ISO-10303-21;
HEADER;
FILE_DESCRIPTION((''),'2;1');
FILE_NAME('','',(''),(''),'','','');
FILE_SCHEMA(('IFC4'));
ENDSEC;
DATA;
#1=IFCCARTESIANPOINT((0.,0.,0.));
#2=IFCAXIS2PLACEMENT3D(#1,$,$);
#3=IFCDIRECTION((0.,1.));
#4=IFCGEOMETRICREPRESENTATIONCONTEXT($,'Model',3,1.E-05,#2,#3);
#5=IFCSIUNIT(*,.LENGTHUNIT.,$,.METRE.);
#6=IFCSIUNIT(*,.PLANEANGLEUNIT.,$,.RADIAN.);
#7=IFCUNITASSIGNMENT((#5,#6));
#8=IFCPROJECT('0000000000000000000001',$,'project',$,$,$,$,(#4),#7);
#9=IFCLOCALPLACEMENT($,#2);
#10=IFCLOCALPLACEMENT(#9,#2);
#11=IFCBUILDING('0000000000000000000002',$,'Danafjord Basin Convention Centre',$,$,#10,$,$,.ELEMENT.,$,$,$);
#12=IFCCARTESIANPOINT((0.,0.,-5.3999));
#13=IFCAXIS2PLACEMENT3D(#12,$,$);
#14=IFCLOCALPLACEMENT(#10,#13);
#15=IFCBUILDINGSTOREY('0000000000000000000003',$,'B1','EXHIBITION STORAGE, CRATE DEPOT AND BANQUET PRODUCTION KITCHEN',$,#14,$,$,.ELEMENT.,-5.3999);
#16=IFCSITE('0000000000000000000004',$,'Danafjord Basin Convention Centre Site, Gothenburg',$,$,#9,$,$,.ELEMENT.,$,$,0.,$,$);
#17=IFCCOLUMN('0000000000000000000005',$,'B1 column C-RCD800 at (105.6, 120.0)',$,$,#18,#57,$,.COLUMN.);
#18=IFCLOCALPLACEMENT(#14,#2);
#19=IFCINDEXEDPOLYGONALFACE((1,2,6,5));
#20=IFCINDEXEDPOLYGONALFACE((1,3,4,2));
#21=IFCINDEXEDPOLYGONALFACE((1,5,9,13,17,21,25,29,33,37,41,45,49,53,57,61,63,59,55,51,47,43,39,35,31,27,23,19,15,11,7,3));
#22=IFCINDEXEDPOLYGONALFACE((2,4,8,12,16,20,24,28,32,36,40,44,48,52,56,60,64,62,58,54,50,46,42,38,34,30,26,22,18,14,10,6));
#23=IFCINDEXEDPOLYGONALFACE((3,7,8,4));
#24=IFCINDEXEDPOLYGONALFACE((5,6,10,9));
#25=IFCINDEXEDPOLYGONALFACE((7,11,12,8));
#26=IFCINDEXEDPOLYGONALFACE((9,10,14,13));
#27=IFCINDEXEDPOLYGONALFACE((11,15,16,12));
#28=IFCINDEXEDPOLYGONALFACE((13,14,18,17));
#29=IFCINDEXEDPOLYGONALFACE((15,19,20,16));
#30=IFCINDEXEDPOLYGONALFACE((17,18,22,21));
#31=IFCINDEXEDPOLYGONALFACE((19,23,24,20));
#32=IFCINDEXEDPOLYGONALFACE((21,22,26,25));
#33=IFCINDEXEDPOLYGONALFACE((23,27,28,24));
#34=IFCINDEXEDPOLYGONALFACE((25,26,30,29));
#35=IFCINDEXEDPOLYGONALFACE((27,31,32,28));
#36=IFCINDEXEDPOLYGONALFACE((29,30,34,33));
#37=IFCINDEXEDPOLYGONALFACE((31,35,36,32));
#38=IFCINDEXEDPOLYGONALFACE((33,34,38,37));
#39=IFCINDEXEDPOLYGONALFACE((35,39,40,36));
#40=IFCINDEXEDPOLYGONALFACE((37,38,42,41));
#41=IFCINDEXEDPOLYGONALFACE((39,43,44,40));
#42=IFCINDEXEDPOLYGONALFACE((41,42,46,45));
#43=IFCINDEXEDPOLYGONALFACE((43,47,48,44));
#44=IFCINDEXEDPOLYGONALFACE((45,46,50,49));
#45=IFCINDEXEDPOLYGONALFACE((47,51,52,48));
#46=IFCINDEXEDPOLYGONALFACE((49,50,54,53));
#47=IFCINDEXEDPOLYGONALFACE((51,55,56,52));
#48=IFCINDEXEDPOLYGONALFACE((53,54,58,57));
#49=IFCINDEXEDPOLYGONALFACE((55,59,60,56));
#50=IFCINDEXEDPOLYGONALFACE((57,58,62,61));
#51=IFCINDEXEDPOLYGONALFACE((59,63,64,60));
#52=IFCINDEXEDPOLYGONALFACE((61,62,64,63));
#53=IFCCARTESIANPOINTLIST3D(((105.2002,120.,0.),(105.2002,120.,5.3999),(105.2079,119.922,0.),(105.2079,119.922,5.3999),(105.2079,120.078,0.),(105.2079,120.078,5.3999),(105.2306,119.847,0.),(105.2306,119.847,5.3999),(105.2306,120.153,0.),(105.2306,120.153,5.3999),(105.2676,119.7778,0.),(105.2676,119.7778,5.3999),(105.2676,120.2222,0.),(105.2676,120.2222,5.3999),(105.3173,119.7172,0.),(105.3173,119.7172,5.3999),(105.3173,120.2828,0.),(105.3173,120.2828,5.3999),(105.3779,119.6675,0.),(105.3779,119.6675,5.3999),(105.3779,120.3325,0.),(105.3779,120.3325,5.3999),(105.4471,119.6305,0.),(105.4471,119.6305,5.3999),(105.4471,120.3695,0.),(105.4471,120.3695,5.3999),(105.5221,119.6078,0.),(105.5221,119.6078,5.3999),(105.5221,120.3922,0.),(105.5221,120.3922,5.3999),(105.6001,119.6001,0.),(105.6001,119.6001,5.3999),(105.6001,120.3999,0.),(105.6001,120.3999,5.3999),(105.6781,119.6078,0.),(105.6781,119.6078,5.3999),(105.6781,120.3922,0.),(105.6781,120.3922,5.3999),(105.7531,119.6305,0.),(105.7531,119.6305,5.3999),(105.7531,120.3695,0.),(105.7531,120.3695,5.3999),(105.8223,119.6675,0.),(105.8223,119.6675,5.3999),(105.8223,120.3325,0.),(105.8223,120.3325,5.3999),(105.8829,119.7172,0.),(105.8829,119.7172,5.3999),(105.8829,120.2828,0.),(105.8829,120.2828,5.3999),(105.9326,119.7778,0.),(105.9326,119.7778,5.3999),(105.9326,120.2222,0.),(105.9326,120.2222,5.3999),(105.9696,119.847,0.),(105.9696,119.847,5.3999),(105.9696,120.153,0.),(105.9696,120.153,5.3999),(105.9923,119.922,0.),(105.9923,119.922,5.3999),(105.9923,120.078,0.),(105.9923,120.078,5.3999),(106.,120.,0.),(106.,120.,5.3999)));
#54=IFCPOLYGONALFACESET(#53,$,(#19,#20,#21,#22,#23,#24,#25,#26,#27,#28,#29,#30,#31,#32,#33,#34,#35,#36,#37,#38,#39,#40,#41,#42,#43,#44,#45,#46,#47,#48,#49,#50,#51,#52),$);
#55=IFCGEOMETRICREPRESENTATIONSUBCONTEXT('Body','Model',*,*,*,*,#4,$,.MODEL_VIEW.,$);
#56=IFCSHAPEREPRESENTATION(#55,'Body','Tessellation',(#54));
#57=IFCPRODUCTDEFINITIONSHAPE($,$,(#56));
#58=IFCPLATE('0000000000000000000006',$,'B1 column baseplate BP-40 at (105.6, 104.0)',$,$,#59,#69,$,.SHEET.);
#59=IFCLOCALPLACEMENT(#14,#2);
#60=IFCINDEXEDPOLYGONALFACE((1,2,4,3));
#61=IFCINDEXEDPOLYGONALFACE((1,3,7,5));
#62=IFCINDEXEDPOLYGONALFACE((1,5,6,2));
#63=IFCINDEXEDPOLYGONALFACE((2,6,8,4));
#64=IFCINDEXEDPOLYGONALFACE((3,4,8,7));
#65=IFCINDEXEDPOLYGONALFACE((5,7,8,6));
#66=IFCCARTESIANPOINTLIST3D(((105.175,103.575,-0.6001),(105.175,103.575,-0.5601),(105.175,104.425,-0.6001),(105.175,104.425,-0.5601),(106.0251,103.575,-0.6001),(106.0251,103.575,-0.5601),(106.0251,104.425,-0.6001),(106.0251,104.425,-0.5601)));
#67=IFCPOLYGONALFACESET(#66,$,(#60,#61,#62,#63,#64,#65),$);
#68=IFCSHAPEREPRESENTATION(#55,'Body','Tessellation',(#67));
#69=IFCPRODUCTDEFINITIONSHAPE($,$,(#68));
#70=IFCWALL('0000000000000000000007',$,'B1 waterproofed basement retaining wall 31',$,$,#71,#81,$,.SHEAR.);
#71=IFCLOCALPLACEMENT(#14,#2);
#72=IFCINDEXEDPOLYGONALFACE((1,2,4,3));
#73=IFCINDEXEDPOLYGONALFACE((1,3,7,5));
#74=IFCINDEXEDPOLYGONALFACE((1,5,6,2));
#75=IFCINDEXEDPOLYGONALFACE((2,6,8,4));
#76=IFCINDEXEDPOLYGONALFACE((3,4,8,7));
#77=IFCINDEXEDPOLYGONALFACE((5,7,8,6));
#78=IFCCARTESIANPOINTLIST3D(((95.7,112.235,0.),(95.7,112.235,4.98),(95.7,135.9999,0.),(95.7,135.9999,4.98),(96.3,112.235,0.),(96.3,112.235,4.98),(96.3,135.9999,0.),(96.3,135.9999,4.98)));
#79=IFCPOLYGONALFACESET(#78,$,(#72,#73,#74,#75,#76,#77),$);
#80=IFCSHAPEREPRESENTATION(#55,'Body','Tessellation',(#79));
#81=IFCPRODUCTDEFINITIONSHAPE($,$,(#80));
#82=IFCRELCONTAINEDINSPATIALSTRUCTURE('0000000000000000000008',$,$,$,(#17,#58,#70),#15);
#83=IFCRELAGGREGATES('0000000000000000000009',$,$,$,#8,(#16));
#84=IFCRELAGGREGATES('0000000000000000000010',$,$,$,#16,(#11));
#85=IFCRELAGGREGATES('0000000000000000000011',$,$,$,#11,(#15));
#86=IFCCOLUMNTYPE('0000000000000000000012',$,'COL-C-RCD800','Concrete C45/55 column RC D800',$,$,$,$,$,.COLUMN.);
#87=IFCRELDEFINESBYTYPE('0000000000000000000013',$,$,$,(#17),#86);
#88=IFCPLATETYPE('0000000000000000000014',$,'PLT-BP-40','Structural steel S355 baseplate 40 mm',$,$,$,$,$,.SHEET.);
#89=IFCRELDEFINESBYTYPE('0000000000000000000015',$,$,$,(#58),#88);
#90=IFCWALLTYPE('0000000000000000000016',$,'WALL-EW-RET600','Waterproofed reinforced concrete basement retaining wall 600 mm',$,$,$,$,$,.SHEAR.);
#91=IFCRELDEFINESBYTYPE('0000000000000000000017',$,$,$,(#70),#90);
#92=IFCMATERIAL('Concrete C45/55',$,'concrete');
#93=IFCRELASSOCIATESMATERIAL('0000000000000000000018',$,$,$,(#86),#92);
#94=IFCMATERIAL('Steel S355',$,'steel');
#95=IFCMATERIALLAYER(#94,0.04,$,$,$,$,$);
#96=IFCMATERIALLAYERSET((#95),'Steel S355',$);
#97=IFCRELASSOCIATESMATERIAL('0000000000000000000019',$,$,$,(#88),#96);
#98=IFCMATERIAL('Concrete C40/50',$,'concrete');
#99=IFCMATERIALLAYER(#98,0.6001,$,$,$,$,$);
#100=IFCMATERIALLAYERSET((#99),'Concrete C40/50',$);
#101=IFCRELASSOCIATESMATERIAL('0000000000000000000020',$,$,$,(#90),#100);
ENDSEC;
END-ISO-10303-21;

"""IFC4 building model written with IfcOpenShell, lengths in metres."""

from ifc_helpers import new_model, si_unit, direction, frame, frame_2d, origin, origin_2d, place, context, subcontext, project, spatial, rectangle, circle, extrude, material, layer, layer_set, material_profile, profile_set, type_object, element, save


model = new_model("IFC4")

# Units and contexts
model_context = context("Model", 3, precision=1e-05, world=origin(), true_north=direction((0.0, 1.0)))
body_context = subcontext(model_context, "Body", "Model", "MODEL_VIEW")
ifc_project = project(units=[si_unit("LENGTHUNIT", "METRE"), si_unit("PLANEANGLEUNIT", "RADIAN")], contexts=[model_context])

# Site, building, storey
site_placement = place(None, origin())
site = spatial("IfcSite", under=ifc_project, at=site_placement, Name="Danafjord Basin Convention Centre Site, Gothenburg", CompositionType="ELEMENT", RefElevation=0.0)
building_placement = place(site_placement, origin())
building = spatial("IfcBuilding", under=site, at=building_placement, Name="Danafjord Basin Convention Centre", CompositionType="ELEMENT")
storey_placement = place(building_placement, frame((0.0, 0.0, -5.3999)))
storey = spatial("IfcBuildingStorey", under=building, at=storey_placement, Name="B1", Description="EXHIBITION STORAGE, CRATE DEPOT AND BANQUET PRODUCTION KITCHEN", CompositionType="ELEMENT", Elevation=-5.3999)

# Shared definitions
ifc_material_1 = material(Name="Concrete C40/50", Category="concrete")

# Column
ifc_material_2 = material(Name="Concrete C45/55", Category="concrete")
ifc_material_profile_1 = material_profile(ifc_material_2, circle(Radius=0.3999, at=origin_2d()), Name="RC D800")
ifc_profile_set_1 = profile_set([ifc_material_profile_1], Name="Concrete C45/55")
column_type_1 = type_object("IfcColumnType", Name="COL-C-RCD800", Description="Concrete C45/55 column RC D800", PredefinedType="COLUMN", material=ifc_profile_set_1)
for number, where, z_axis, x_axis, name in (
    (1, (105.6001, 120.0, 0.0), (0.0, 0.0, 1.0), (1.0, 0.0, 0.0), "B1 column C-RCD800 at (105.6, 120.0)"),
):
    element("IfcColumn", number, at=place(storey_placement, frame(where, z_axis=z_axis, x_axis=x_axis)), inside=storey, type_object=column_type_1, Name=name, PredefinedType="COLUMN", context=body_context, shape_type="SweptSolid", body=[
        extrude(circle(Radius=0.3999, at=origin_2d()), origin(), (0.0, 0.0, 1.0), 5.3999),
    ])

# Plate
ifc_material_3 = material(Name="Steel S355", Category="steel")
ifc_layer_1 = layer(ifc_material_3, 0.04)
ifc_layer_set_1 = layer_set([ifc_layer_1], Name="Steel S355")
plate_type = type_object("IfcPlateType", Name="PLT-BP-40", Description="Structural steel S355 baseplate 40 mm", PredefinedType="SHEET", material=ifc_layer_set_1)
plate_placement = place(storey_placement, frame((105.6001, 104.0, -0.6001), z_axis=(0.0, 0.0, 1.0), x_axis=(1.0, 0.0, 0.0)))
element("IfcPlate", 2, at=plate_placement, inside=storey, type_object=plate_type, Name="B1 column baseplate BP-40 at (105.6, 104.0)", PredefinedType="SHEET", context=body_context, shape_type="SweptSolid", body=[
    extrude(rectangle(XDim=0.8501, YDim=0.8501, at=origin_2d()), origin(), (0.0, 0.0, 1.0), 0.04),
])

# Wall
ifc_layer_2 = layer(ifc_material_1, 0.6001)
ifc_layer_set_2 = layer_set([ifc_layer_2], Name="Concrete C40/50")
wall_type = type_object("IfcWallType", Name="WALL-EW-RET600", Description="Waterproofed reinforced concrete basement retaining wall 600 mm", PredefinedType="SHEAR", material=ifc_layer_set_2)
wall_placement = place(storey_placement, frame((96.0, 112.2351, 0.0), z_axis=(0.0, 0.0, 1.0), x_axis=(0.0, 1.0, 0.0)))
element("IfcWall", 3, at=wall_placement, inside=storey, type_object=wall_type, Name="B1 waterproofed basement retaining wall 31", PredefinedType="SHEAR", context=body_context, shape_type="SweptSolid", body=[
    extrude(rectangle(XDim=23.7649, YDim=0.6001, at=frame_2d((11.8823, 0.0))), origin(), (0.0, 0.0, 1.0), 4.98),
])

save(model, "model.ifc")
